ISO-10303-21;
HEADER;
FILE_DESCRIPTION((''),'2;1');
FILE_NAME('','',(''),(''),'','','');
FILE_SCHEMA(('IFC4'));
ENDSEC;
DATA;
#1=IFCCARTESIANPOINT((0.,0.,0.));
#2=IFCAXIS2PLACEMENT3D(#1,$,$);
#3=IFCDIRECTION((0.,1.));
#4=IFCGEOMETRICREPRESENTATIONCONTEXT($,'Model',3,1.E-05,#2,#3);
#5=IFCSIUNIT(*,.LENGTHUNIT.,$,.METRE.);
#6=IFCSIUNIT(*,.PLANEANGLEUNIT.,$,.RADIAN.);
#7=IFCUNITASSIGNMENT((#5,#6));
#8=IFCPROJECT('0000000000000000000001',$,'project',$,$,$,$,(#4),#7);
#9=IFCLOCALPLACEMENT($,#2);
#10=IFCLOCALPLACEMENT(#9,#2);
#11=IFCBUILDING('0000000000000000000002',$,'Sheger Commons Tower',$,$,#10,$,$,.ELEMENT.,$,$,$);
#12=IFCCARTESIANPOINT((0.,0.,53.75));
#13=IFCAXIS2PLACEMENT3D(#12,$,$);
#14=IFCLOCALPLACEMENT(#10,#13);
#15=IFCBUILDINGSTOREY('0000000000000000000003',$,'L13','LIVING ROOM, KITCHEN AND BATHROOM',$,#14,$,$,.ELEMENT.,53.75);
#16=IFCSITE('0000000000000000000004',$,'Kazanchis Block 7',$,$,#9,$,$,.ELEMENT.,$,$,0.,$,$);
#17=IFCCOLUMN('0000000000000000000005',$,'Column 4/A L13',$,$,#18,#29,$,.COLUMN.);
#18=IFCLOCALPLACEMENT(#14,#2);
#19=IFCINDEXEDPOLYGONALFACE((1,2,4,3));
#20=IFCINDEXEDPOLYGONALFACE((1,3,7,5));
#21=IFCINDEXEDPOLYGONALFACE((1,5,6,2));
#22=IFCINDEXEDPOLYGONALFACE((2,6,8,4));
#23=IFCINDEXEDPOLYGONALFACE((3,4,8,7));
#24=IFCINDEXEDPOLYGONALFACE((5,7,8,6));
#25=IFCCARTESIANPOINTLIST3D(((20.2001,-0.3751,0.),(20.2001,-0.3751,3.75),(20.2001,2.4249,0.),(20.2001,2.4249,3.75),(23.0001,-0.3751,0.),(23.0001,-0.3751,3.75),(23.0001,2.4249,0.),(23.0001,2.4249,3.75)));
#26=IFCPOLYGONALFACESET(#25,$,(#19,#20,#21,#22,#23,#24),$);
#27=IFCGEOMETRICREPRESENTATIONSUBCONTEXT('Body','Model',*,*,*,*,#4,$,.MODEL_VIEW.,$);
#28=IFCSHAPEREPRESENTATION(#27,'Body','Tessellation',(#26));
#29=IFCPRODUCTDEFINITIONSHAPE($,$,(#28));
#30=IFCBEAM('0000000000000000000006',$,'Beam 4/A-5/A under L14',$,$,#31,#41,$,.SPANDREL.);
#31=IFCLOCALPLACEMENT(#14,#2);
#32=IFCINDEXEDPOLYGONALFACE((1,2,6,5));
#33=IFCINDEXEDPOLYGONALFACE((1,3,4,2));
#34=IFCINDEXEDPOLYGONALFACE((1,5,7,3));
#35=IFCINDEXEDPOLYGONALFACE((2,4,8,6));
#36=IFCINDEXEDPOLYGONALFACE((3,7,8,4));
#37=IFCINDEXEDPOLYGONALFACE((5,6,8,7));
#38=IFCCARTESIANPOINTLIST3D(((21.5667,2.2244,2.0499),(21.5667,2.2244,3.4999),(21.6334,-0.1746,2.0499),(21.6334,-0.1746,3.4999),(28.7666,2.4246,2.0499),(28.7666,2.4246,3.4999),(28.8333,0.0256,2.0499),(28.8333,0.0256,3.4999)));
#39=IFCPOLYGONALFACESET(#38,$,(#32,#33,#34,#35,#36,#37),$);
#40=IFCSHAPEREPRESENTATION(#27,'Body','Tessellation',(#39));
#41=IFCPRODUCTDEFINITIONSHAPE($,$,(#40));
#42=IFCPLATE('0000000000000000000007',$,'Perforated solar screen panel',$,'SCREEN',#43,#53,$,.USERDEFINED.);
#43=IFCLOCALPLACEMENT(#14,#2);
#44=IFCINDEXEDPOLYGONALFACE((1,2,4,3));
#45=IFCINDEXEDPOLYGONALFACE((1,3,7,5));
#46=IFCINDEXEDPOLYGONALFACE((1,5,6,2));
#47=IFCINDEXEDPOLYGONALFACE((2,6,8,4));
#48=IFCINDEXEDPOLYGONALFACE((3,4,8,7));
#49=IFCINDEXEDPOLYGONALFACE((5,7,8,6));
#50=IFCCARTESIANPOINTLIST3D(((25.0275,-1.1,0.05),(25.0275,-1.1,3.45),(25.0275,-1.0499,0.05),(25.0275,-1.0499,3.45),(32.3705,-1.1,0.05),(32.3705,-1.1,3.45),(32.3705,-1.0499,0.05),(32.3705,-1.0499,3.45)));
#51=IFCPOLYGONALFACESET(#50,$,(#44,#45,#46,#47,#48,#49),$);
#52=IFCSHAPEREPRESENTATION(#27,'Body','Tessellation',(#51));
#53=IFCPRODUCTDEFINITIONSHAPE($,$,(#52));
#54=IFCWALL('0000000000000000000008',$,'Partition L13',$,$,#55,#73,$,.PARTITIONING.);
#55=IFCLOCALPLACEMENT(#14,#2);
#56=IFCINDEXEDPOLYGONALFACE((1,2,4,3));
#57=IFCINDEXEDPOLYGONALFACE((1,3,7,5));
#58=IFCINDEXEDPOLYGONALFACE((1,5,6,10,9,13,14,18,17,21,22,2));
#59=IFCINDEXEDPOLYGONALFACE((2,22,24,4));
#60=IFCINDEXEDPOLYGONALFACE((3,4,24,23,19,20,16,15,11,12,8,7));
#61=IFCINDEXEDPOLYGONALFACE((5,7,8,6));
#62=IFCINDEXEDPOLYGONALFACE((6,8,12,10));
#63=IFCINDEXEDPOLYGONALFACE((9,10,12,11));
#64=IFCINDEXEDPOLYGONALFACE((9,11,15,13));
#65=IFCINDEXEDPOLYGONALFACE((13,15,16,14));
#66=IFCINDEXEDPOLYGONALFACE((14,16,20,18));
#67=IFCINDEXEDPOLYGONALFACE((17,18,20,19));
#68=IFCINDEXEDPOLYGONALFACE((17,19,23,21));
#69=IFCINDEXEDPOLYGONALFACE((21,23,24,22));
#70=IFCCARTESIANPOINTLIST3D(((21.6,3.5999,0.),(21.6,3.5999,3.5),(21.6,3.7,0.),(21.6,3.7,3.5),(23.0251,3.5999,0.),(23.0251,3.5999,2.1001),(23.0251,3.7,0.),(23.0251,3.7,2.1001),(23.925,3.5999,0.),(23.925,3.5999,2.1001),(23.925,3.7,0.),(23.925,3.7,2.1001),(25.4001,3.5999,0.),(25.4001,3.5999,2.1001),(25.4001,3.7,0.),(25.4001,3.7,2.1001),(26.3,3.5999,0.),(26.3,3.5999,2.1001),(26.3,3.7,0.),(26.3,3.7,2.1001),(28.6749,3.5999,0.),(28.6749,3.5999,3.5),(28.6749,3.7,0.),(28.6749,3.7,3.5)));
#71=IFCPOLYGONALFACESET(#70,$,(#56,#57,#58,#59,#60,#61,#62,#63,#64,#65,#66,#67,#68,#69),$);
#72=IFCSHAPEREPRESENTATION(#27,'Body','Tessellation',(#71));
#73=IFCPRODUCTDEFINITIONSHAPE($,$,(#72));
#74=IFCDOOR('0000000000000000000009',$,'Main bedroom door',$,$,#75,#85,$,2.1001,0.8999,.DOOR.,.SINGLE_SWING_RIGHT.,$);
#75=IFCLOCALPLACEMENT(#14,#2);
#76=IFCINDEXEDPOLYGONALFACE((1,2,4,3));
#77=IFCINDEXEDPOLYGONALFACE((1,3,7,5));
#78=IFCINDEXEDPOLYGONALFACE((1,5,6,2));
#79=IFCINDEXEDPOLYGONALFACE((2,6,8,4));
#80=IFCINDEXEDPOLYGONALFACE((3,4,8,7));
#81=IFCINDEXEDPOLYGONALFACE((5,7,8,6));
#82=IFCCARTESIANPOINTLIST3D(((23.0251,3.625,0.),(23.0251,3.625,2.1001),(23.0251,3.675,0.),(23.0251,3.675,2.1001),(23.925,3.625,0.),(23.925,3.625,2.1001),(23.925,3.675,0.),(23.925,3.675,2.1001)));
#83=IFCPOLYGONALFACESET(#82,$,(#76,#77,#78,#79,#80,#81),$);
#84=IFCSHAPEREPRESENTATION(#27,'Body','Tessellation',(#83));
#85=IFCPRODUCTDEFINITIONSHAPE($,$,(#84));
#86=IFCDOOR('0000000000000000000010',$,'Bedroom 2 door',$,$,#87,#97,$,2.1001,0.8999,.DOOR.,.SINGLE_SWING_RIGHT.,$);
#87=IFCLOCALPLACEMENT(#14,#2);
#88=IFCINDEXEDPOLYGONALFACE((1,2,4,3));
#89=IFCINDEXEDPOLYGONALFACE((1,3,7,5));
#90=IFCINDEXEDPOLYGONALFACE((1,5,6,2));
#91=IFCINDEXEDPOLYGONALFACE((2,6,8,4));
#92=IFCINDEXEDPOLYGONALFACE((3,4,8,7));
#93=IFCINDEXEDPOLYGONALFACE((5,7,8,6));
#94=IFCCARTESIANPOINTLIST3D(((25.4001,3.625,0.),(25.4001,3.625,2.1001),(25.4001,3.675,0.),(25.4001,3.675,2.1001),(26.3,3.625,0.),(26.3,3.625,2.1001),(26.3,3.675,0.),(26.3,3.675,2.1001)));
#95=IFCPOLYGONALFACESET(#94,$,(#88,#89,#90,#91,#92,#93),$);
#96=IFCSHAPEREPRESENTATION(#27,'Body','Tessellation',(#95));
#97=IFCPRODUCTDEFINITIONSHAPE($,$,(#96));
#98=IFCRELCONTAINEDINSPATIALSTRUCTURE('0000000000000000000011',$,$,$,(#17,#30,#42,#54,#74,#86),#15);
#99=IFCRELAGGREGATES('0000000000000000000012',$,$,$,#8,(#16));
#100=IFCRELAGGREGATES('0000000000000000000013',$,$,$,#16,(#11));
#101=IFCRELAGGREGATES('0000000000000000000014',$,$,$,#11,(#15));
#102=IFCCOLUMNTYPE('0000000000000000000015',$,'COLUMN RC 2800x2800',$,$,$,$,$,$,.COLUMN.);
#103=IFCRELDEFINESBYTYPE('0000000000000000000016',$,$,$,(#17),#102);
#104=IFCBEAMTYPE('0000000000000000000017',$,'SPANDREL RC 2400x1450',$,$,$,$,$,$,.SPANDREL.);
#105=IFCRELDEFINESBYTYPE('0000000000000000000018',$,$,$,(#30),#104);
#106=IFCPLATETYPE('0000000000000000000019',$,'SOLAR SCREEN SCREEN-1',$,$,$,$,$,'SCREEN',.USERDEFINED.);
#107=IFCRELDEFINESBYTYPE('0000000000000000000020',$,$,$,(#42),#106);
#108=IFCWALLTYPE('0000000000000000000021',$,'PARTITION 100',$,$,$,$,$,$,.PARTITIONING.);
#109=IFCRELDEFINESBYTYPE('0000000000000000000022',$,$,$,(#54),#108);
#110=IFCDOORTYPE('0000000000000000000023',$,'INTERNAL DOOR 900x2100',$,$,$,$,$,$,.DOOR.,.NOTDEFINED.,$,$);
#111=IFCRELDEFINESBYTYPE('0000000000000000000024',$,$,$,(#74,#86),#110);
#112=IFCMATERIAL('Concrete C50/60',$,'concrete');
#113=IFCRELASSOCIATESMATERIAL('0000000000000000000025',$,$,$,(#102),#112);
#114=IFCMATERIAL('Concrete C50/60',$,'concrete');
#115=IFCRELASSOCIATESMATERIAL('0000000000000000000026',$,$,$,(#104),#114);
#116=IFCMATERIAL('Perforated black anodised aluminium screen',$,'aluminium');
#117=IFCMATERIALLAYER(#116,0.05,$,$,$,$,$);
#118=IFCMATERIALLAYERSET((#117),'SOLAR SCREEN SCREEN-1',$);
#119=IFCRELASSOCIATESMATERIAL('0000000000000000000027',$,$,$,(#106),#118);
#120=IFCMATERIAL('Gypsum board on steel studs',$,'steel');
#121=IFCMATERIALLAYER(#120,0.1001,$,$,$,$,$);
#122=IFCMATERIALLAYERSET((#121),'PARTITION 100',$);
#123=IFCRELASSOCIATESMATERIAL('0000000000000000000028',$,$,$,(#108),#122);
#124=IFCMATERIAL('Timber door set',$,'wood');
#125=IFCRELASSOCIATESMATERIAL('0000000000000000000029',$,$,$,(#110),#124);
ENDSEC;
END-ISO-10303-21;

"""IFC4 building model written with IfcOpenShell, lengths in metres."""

from ifc_helpers import new_model, si_unit, direction, frame, frame_2d, origin, origin_2d, place, context, subcontext, project, spatial, rectangle, extrude, material, layer, layer_set, material_profile, profile_set, type_object, element, fill, save


model = new_model("IFC4")

# Units and contexts
model_context = context("Model", 3, precision=1e-05, world=origin(), true_north=direction((0.0, 1.0)))
body_context = subcontext(model_context, "Body", "Model", "MODEL_VIEW")
ifc_project = project(units=[si_unit("LENGTHUNIT", "METRE"), si_unit("PLANEANGLEUNIT", "RADIAN")], contexts=[model_context])

# Site, building, storey
site_placement = place(None, origin())
site = spatial("IfcSite", under=ifc_project, at=site_placement, Name="Kazanchis Block 7", CompositionType="ELEMENT", RefElevation=0.0)
building_placement = place(site_placement, origin())
building = spatial("IfcBuilding", under=site, at=building_placement, Name="Sheger Commons Tower", CompositionType="ELEMENT")
storey_placement = place(building_placement, frame((0.0, 0.0, 53.75)))
storey = spatial("IfcBuildingStorey", under=building, at=storey_placement, Name="L13", Description="LIVING ROOM, KITCHEN AND BATHROOM", CompositionType="ELEMENT", Elevation=53.75)

# Column
ifc_material_1 = material(Name="Concrete C50/60", Category="concrete")
ifc_material_profile_1 = material_profile(ifc_material_1, rectangle(XDim=2.8, YDim=2.8, at=origin_2d()), Name="RC 2800x2800")
ifc_profile_set_1 = profile_set([ifc_material_profile_1], Name="Concrete C50/60")
column_type = type_object("IfcColumnType", Name="COLUMN RC 2800x2800", PredefinedType="COLUMN", material=ifc_profile_set_1)
column_placement = place(storey_placement, frame((21.6001, 1.0249, 0.0), z_axis=(0.0, 0.0, 1.0), x_axis=(1.0, 0.0, 0.0)))
element("IfcColumn", 1, at=column_placement, inside=storey, type_object=column_type, Name="Column 4/A L13", PredefinedType="COLUMN", context=body_context, shape_type="SweptSolid", body=[
    extrude(rectangle(XDim=2.8, YDim=2.8, at=origin_2d()), origin(), (0.0, 0.0, 1.0), 3.75),
])

# Beam
ifc_material_2 = material(Name="Concrete C50/60", Category="concrete")
ifc_material_profile_2 = material_profile(ifc_material_2, rectangle(XDim=2.3999, YDim=1.45, at=origin_2d()), Name="RC 2400x1450")
ifc_profile_set_2 = profile_set([ifc_material_profile_2], Name="Concrete C50/60")
beam_type = type_object("IfcBeamType", Name="SPANDREL RC 2400x1450", PredefinedType="SPANDREL", material=ifc_profile_set_2)
beam_placement = place(storey_placement, frame((21.6001, 1.0249, 2.7749), z_axis=(0.999614, 0.027794, 0.0), x_axis=(-0.027794, 0.999614, 0.0)))
element("IfcBeam", 2, at=beam_placement, inside=storey, type_object=beam_type, Name="Beam 4/A-5/A under L14", PredefinedType="SPANDREL", context=body_context, shape_type="SweptSolid", body=[
    extrude(rectangle(XDim=2.3999, YDim=1.45, at=origin_2d()), origin(), (0.0, 0.0, 1.0), 7.2026),
])

# Plate
ifc_material_3 = material(Name="Perforated black anodised aluminium screen", Category="aluminium")
ifc_layer_1 = layer(ifc_material_3, 0.05)
ifc_layer_set_1 = layer_set([ifc_layer_1], Name="SOLAR SCREEN SCREEN-1")
plate_type = type_object("IfcPlateType", Name="SOLAR SCREEN SCREEN-1", ElementType="SCREEN", PredefinedType="USERDEFINED", material=ifc_layer_set_1)
plate_placement = place(storey_placement, frame((28.699, -1.075, 0.05), z_axis=(0.0, 0.0, 1.0), x_axis=(1.0, 0.0, 0.0)))
element("IfcPlate", 3, at=plate_placement, inside=storey, type_object=plate_type, Name="Perforated solar screen panel", ObjectType="SCREEN", PredefinedType="USERDEFINED", context=body_context, shape_type="SweptSolid", body=[
    extrude(rectangle(XDim=7.343, YDim=0.05, at=origin_2d()), origin(), (0.0, 0.0, 1.0), 3.3999),
])

# Wall, openings, doors
ifc_material_4 = material(Name="Gypsum board on steel studs", Category="steel")
ifc_layer_2 = layer(ifc_material_4, 0.1001)
ifc_layer_set_2 = layer_set([ifc_layer_2], Name="PARTITION 100")
wall_type = type_object("IfcWallType", Name="PARTITION 100", PredefinedType="PARTITIONING", material=ifc_layer_set_2)
wall_1_placement = place(storey_placement, frame((28.675, 3.6499, 0.0), z_axis=(0.0, 0.0, 1.0), x_axis=(-1.0, 0.0, 0.0)))
wall_1 = element("IfcWall", 4, at=wall_1_placement, inside=storey, type_object=wall_type, Name="Partition L13", PredefinedType="PARTITIONING", context=body_context, shape_type="SweptSolid", body=[
    extrude(rectangle(XDim=7.075, YDim=0.1001, at=frame_2d((3.5376, 0.0))), origin(), (0.0, 0.0, 1.0), 3.5),
])
opening_1_placement = place(wall_1_placement, frame((4.75, 0.0, 0.0)))
opening_1 = element("IfcOpeningElement", 5, at=opening_1_placement, cuts=wall_1, PredefinedType="OPENING", context=body_context, shape_type="SweptSolid", body=[
    extrude(rectangle(XDim=0.8999, YDim=2.1001, at=frame_2d((0.45, 1.05))), frame((0.0, 0.0601, 0.0), z_axis=(0.0, -1.0, 0.0), x_axis=(1.0, 0.0, 0.0)), (0.0, 0.0, 1.0), 0.1201),
])
opening_2_placement = place(wall_1_placement, frame((2.375, 0.0, 0.0)))
opening_2 = element("IfcOpeningElement", 6, at=opening_2_placement, cuts=wall_1, PredefinedType="OPENING", context=body_context, shape_type="SweptSolid", body=[
    extrude(rectangle(XDim=0.8999, YDim=2.1001, at=frame_2d((0.45, 1.05))), frame((0.0, 0.0601, 0.0), z_axis=(0.0, -1.0, 0.0), x_axis=(1.0, 0.0, 0.0)), (0.0, 0.0, 1.0), 0.1201),
])
ifc_material_5 = material(Name="Timber door set", Category="wood")
door_type = type_object("IfcDoorType", Name="INTERNAL DOOR 900x2100", OperationType="NOTDEFINED", PredefinedType="DOOR", material=ifc_material_5)
door_1_placement = place(opening_1_placement, origin())
door_1 = element("IfcDoor", 7, at=door_1_placement, inside=storey, type_object=door_type, Name="Main bedroom door", OperationType="SINGLE_SWING_RIGHT", OverallHeight=2.1001, OverallWidth=0.8999, PredefinedType="DOOR", context=body_context, shape_type="SweptSolid", body=[
    extrude(rectangle(XDim=0.8999, YDim=2.1001, at=frame_2d((0.45, 1.05))), frame((0.0, 0.0249, 0.0), z_axis=(0.0, -1.0, 0.0), x_axis=(1.0, 0.0, 0.0)), (0.0, 0.0, 1.0), 0.05),
])
fill(opening_1, door_1)
door_2_placement = place(opening_2_placement, origin())
door_2 = element("IfcDoor", 8, at=door_2_placement, inside=storey, type_object=door_type, Name="Bedroom 2 door", OperationType="SINGLE_SWING_RIGHT", OverallHeight=2.1001, OverallWidth=0.8999, PredefinedType="DOOR", context=body_context, shape_type="SweptSolid", body=[
    extrude(rectangle(XDim=0.8999, YDim=2.1001, at=frame_2d((0.45, 1.05))), frame((0.0, 0.0249, 0.0), z_axis=(0.0, -1.0, 0.0), x_axis=(1.0, 0.0, 0.0)), (0.0, 0.0, 1.0), 0.05),
])
fill(opening_2, door_2)

save(model, "model.ifc")
